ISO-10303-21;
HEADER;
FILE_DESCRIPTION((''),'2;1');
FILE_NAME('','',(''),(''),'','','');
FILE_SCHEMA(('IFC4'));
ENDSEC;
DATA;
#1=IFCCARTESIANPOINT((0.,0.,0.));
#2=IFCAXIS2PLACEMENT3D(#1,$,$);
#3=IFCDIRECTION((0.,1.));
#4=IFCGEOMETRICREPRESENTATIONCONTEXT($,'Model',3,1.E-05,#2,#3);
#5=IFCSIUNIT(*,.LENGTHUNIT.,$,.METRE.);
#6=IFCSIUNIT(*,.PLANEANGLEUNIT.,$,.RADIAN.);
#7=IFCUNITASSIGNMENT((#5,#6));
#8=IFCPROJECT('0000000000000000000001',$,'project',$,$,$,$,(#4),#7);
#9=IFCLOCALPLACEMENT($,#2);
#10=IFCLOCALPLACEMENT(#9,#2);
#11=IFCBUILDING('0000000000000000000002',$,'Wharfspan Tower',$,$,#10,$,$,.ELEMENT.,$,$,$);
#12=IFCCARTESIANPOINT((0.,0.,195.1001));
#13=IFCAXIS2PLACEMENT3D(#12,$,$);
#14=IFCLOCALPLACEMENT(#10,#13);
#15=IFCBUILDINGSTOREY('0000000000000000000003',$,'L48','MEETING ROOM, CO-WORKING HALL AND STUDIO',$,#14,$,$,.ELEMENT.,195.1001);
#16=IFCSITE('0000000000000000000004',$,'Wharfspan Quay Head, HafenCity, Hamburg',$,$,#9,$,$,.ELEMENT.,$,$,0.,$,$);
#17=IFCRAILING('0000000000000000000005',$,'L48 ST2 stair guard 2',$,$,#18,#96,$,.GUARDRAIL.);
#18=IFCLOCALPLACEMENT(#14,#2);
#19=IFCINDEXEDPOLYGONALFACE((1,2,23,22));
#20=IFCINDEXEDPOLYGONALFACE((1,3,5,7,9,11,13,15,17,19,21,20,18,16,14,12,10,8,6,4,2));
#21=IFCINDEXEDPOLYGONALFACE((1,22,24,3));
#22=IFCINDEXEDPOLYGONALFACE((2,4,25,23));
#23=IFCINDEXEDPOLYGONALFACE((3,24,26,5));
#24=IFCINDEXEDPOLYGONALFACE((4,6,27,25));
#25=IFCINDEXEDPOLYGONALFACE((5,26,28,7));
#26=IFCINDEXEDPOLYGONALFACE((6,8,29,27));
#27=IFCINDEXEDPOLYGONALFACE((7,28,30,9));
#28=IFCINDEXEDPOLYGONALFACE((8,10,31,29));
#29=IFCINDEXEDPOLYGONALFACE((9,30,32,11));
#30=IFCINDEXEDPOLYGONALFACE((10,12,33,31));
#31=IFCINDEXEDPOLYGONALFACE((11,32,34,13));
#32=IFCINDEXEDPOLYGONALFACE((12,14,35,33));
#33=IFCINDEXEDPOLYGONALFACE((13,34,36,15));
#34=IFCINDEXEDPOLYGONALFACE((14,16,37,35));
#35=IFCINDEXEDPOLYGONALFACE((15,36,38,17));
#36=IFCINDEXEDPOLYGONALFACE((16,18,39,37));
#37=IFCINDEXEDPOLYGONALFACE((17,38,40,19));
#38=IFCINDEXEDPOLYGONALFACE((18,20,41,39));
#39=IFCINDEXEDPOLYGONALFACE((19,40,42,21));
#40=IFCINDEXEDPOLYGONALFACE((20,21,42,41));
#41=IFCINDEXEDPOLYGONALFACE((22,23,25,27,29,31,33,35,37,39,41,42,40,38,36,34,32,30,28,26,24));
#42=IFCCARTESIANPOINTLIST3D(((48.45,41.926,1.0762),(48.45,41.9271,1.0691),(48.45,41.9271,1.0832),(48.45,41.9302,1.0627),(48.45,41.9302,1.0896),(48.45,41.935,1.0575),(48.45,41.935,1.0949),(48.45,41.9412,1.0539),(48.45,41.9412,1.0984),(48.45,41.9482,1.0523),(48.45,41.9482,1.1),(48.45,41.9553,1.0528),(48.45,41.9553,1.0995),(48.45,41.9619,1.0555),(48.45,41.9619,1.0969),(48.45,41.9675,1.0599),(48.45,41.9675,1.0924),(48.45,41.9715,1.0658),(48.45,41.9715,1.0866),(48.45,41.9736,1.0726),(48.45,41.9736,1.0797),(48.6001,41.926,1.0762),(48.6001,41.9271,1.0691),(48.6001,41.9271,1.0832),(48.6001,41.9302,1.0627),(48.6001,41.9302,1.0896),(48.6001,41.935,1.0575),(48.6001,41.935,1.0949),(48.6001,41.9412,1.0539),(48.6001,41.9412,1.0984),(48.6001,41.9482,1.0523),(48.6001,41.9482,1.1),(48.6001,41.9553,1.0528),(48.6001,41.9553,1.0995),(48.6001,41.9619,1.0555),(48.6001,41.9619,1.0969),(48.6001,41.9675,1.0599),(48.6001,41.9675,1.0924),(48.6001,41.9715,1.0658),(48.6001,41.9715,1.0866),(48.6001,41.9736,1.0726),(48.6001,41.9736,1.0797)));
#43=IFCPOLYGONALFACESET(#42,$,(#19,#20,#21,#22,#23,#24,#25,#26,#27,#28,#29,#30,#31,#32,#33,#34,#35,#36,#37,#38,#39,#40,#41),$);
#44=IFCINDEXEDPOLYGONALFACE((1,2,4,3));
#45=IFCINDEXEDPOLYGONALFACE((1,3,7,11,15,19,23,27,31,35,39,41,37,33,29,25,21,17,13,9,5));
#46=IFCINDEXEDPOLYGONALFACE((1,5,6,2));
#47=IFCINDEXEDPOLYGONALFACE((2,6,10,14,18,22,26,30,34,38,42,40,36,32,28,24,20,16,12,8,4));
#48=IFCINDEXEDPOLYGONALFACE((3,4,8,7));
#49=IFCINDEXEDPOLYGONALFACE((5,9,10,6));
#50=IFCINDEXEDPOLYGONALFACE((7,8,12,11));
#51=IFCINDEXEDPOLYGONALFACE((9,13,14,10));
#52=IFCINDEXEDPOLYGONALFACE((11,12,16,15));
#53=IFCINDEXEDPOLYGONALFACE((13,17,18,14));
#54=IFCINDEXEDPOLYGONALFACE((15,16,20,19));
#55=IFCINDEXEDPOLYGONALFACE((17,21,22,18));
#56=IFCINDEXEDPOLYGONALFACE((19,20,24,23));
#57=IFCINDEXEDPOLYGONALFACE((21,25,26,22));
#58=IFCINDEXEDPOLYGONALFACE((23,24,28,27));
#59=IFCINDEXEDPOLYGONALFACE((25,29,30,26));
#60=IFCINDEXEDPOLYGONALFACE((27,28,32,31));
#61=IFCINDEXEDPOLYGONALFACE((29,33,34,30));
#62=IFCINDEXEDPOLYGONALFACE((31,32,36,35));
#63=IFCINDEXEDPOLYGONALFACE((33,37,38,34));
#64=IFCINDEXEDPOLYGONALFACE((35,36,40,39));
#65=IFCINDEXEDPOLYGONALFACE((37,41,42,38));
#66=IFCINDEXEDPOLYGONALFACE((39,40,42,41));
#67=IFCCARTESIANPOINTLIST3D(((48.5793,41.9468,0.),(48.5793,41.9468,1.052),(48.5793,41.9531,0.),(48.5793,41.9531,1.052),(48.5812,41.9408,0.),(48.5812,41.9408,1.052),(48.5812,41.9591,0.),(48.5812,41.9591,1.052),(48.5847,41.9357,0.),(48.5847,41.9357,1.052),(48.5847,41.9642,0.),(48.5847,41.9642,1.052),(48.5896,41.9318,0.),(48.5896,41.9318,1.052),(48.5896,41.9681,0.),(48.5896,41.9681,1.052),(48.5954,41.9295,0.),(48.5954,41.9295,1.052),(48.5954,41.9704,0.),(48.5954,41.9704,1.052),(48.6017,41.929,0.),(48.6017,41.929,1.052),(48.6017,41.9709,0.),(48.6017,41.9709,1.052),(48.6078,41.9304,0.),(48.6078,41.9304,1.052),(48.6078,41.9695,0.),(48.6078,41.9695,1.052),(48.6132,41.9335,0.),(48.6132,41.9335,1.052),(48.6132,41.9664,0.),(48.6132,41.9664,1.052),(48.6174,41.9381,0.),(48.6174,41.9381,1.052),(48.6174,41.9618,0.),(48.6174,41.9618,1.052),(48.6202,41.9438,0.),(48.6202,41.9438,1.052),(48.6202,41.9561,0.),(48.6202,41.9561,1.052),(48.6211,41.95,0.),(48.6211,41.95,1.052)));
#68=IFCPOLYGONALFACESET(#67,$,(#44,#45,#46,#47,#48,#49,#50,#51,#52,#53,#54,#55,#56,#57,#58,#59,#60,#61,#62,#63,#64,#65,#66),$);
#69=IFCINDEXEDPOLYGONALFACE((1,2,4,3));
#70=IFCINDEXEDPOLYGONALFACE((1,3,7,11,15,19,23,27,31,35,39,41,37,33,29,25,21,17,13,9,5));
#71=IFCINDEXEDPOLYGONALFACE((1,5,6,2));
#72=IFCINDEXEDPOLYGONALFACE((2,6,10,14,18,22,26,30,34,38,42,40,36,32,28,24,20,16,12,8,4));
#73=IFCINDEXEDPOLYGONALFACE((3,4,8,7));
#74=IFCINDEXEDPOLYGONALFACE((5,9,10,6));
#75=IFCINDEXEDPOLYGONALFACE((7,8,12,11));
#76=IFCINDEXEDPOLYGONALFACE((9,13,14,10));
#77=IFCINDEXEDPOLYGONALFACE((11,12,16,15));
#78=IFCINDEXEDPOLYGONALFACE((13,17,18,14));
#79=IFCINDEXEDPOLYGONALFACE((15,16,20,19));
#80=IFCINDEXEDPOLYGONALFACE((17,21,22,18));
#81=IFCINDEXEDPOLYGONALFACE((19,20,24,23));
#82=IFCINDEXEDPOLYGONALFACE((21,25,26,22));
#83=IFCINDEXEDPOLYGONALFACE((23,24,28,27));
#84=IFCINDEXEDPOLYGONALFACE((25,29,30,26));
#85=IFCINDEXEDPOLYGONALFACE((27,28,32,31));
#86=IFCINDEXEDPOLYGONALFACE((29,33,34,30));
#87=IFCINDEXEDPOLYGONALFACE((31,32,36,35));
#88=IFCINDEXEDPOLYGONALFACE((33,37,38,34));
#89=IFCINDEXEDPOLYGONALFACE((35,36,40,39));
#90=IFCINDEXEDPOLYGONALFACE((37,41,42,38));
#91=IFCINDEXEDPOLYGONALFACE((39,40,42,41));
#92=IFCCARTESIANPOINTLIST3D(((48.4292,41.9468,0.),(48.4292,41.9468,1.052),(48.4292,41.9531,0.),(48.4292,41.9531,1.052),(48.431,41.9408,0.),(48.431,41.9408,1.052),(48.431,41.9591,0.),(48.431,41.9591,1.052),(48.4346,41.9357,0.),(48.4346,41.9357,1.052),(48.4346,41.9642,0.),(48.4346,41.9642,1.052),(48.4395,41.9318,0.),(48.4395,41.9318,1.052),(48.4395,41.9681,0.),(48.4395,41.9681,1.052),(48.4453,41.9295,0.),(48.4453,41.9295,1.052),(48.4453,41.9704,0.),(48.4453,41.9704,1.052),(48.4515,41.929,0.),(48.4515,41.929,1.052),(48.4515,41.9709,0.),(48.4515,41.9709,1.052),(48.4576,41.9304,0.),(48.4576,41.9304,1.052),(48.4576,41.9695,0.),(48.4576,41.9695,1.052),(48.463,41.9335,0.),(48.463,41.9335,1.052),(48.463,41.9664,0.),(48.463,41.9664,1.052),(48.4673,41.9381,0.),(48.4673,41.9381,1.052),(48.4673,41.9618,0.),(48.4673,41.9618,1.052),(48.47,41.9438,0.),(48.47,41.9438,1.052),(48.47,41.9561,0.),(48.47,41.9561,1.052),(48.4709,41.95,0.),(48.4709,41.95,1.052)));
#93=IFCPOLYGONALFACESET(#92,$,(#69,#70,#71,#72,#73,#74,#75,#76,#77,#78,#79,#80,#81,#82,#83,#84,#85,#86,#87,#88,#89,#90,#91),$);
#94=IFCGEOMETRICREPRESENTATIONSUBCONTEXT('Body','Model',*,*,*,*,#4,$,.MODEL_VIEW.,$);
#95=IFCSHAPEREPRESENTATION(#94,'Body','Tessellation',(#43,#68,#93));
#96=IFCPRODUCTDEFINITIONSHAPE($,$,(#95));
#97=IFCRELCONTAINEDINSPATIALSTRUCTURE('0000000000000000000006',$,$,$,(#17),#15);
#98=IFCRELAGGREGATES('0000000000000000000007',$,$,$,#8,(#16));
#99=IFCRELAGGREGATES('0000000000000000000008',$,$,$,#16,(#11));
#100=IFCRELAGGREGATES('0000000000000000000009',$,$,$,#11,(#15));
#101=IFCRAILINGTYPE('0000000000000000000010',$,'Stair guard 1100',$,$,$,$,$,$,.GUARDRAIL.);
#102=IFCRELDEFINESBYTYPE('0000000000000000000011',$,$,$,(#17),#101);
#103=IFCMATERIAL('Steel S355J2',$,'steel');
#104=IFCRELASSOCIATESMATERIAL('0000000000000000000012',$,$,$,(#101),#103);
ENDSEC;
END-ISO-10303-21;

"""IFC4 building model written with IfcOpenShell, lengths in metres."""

from ifc_helpers import new_model, si_unit, direction, frame, origin, origin_2d, place, context, subcontext, project, spatial, circle, extrude, material, type_object, element, save


model = new_model("IFC4")

# Units and contexts
model_context = context("Model", 3, precision=1e-05, world=origin(), true_north=direction((0.0, 1.0)))
body_context = subcontext(model_context, "Body", "Model", "MODEL_VIEW")
ifc_project = project(units=[si_unit("LENGTHUNIT", "METRE"), si_unit("PLANEANGLEUNIT", "RADIAN")], contexts=[model_context])

# Site, building, storey
site_placement = place(None, origin())
site = spatial("IfcSite", under=ifc_project, at=site_placement, Name="Wharfspan Quay Head, HafenCity, Hamburg", CompositionType="ELEMENT", RefElevation=0.0)
building_placement = place(site_placement, origin())
building = spatial("IfcBuilding", under=site, at=building_placement, Name="Wharfspan Tower", CompositionType="ELEMENT")
storey_placement = place(building_placement, frame((0.0, 0.0, 195.1001)))
storey = spatial("IfcBuildingStorey", under=building, at=storey_placement, Name="L48", Description="MEETING ROOM, CO-WORKING HALL AND STUDIO", CompositionType="ELEMENT", Elevation=195.1001)

# Shared definitions
ifc_material_1 = material(Name="Steel S355J2", Category="steel")

# Railing
railing_type_1 = type_object("IfcRailingType", Name="Stair guard 1100", PredefinedType="GUARDRAIL", material=ifc_material_1)
railing_1_placement = place(storey_placement, frame((48.6001, 41.95, 0.0)))
element("IfcRailing", 1, at=railing_1_placement, inside=storey, type_object=railing_type_1, Name="L48 ST2 stair guard 2", PredefinedType="GUARDRAIL", context=body_context, shape_type="SweptSolid", body=[
    extrude(circle(Radius=0.0239, at=origin_2d()), frame((0.0, 0.0, 1.0762), z_axis=(-1.0, 0.0, 0.0), x_axis=(0.0, -1.0, 0.0)), (0.0, 0.0, 1.0), 0.1501),
    extrude(circle(Radius=0.021, at=origin_2d()), origin(), (0.0, 0.0, 1.0), 1.052),
    extrude(circle(Radius=0.021, at=origin_2d()), frame((-0.1501, 0.0, 0.0)), (0.0, 0.0, 1.0), 1.052),
])

save(model, "model.ifc")
